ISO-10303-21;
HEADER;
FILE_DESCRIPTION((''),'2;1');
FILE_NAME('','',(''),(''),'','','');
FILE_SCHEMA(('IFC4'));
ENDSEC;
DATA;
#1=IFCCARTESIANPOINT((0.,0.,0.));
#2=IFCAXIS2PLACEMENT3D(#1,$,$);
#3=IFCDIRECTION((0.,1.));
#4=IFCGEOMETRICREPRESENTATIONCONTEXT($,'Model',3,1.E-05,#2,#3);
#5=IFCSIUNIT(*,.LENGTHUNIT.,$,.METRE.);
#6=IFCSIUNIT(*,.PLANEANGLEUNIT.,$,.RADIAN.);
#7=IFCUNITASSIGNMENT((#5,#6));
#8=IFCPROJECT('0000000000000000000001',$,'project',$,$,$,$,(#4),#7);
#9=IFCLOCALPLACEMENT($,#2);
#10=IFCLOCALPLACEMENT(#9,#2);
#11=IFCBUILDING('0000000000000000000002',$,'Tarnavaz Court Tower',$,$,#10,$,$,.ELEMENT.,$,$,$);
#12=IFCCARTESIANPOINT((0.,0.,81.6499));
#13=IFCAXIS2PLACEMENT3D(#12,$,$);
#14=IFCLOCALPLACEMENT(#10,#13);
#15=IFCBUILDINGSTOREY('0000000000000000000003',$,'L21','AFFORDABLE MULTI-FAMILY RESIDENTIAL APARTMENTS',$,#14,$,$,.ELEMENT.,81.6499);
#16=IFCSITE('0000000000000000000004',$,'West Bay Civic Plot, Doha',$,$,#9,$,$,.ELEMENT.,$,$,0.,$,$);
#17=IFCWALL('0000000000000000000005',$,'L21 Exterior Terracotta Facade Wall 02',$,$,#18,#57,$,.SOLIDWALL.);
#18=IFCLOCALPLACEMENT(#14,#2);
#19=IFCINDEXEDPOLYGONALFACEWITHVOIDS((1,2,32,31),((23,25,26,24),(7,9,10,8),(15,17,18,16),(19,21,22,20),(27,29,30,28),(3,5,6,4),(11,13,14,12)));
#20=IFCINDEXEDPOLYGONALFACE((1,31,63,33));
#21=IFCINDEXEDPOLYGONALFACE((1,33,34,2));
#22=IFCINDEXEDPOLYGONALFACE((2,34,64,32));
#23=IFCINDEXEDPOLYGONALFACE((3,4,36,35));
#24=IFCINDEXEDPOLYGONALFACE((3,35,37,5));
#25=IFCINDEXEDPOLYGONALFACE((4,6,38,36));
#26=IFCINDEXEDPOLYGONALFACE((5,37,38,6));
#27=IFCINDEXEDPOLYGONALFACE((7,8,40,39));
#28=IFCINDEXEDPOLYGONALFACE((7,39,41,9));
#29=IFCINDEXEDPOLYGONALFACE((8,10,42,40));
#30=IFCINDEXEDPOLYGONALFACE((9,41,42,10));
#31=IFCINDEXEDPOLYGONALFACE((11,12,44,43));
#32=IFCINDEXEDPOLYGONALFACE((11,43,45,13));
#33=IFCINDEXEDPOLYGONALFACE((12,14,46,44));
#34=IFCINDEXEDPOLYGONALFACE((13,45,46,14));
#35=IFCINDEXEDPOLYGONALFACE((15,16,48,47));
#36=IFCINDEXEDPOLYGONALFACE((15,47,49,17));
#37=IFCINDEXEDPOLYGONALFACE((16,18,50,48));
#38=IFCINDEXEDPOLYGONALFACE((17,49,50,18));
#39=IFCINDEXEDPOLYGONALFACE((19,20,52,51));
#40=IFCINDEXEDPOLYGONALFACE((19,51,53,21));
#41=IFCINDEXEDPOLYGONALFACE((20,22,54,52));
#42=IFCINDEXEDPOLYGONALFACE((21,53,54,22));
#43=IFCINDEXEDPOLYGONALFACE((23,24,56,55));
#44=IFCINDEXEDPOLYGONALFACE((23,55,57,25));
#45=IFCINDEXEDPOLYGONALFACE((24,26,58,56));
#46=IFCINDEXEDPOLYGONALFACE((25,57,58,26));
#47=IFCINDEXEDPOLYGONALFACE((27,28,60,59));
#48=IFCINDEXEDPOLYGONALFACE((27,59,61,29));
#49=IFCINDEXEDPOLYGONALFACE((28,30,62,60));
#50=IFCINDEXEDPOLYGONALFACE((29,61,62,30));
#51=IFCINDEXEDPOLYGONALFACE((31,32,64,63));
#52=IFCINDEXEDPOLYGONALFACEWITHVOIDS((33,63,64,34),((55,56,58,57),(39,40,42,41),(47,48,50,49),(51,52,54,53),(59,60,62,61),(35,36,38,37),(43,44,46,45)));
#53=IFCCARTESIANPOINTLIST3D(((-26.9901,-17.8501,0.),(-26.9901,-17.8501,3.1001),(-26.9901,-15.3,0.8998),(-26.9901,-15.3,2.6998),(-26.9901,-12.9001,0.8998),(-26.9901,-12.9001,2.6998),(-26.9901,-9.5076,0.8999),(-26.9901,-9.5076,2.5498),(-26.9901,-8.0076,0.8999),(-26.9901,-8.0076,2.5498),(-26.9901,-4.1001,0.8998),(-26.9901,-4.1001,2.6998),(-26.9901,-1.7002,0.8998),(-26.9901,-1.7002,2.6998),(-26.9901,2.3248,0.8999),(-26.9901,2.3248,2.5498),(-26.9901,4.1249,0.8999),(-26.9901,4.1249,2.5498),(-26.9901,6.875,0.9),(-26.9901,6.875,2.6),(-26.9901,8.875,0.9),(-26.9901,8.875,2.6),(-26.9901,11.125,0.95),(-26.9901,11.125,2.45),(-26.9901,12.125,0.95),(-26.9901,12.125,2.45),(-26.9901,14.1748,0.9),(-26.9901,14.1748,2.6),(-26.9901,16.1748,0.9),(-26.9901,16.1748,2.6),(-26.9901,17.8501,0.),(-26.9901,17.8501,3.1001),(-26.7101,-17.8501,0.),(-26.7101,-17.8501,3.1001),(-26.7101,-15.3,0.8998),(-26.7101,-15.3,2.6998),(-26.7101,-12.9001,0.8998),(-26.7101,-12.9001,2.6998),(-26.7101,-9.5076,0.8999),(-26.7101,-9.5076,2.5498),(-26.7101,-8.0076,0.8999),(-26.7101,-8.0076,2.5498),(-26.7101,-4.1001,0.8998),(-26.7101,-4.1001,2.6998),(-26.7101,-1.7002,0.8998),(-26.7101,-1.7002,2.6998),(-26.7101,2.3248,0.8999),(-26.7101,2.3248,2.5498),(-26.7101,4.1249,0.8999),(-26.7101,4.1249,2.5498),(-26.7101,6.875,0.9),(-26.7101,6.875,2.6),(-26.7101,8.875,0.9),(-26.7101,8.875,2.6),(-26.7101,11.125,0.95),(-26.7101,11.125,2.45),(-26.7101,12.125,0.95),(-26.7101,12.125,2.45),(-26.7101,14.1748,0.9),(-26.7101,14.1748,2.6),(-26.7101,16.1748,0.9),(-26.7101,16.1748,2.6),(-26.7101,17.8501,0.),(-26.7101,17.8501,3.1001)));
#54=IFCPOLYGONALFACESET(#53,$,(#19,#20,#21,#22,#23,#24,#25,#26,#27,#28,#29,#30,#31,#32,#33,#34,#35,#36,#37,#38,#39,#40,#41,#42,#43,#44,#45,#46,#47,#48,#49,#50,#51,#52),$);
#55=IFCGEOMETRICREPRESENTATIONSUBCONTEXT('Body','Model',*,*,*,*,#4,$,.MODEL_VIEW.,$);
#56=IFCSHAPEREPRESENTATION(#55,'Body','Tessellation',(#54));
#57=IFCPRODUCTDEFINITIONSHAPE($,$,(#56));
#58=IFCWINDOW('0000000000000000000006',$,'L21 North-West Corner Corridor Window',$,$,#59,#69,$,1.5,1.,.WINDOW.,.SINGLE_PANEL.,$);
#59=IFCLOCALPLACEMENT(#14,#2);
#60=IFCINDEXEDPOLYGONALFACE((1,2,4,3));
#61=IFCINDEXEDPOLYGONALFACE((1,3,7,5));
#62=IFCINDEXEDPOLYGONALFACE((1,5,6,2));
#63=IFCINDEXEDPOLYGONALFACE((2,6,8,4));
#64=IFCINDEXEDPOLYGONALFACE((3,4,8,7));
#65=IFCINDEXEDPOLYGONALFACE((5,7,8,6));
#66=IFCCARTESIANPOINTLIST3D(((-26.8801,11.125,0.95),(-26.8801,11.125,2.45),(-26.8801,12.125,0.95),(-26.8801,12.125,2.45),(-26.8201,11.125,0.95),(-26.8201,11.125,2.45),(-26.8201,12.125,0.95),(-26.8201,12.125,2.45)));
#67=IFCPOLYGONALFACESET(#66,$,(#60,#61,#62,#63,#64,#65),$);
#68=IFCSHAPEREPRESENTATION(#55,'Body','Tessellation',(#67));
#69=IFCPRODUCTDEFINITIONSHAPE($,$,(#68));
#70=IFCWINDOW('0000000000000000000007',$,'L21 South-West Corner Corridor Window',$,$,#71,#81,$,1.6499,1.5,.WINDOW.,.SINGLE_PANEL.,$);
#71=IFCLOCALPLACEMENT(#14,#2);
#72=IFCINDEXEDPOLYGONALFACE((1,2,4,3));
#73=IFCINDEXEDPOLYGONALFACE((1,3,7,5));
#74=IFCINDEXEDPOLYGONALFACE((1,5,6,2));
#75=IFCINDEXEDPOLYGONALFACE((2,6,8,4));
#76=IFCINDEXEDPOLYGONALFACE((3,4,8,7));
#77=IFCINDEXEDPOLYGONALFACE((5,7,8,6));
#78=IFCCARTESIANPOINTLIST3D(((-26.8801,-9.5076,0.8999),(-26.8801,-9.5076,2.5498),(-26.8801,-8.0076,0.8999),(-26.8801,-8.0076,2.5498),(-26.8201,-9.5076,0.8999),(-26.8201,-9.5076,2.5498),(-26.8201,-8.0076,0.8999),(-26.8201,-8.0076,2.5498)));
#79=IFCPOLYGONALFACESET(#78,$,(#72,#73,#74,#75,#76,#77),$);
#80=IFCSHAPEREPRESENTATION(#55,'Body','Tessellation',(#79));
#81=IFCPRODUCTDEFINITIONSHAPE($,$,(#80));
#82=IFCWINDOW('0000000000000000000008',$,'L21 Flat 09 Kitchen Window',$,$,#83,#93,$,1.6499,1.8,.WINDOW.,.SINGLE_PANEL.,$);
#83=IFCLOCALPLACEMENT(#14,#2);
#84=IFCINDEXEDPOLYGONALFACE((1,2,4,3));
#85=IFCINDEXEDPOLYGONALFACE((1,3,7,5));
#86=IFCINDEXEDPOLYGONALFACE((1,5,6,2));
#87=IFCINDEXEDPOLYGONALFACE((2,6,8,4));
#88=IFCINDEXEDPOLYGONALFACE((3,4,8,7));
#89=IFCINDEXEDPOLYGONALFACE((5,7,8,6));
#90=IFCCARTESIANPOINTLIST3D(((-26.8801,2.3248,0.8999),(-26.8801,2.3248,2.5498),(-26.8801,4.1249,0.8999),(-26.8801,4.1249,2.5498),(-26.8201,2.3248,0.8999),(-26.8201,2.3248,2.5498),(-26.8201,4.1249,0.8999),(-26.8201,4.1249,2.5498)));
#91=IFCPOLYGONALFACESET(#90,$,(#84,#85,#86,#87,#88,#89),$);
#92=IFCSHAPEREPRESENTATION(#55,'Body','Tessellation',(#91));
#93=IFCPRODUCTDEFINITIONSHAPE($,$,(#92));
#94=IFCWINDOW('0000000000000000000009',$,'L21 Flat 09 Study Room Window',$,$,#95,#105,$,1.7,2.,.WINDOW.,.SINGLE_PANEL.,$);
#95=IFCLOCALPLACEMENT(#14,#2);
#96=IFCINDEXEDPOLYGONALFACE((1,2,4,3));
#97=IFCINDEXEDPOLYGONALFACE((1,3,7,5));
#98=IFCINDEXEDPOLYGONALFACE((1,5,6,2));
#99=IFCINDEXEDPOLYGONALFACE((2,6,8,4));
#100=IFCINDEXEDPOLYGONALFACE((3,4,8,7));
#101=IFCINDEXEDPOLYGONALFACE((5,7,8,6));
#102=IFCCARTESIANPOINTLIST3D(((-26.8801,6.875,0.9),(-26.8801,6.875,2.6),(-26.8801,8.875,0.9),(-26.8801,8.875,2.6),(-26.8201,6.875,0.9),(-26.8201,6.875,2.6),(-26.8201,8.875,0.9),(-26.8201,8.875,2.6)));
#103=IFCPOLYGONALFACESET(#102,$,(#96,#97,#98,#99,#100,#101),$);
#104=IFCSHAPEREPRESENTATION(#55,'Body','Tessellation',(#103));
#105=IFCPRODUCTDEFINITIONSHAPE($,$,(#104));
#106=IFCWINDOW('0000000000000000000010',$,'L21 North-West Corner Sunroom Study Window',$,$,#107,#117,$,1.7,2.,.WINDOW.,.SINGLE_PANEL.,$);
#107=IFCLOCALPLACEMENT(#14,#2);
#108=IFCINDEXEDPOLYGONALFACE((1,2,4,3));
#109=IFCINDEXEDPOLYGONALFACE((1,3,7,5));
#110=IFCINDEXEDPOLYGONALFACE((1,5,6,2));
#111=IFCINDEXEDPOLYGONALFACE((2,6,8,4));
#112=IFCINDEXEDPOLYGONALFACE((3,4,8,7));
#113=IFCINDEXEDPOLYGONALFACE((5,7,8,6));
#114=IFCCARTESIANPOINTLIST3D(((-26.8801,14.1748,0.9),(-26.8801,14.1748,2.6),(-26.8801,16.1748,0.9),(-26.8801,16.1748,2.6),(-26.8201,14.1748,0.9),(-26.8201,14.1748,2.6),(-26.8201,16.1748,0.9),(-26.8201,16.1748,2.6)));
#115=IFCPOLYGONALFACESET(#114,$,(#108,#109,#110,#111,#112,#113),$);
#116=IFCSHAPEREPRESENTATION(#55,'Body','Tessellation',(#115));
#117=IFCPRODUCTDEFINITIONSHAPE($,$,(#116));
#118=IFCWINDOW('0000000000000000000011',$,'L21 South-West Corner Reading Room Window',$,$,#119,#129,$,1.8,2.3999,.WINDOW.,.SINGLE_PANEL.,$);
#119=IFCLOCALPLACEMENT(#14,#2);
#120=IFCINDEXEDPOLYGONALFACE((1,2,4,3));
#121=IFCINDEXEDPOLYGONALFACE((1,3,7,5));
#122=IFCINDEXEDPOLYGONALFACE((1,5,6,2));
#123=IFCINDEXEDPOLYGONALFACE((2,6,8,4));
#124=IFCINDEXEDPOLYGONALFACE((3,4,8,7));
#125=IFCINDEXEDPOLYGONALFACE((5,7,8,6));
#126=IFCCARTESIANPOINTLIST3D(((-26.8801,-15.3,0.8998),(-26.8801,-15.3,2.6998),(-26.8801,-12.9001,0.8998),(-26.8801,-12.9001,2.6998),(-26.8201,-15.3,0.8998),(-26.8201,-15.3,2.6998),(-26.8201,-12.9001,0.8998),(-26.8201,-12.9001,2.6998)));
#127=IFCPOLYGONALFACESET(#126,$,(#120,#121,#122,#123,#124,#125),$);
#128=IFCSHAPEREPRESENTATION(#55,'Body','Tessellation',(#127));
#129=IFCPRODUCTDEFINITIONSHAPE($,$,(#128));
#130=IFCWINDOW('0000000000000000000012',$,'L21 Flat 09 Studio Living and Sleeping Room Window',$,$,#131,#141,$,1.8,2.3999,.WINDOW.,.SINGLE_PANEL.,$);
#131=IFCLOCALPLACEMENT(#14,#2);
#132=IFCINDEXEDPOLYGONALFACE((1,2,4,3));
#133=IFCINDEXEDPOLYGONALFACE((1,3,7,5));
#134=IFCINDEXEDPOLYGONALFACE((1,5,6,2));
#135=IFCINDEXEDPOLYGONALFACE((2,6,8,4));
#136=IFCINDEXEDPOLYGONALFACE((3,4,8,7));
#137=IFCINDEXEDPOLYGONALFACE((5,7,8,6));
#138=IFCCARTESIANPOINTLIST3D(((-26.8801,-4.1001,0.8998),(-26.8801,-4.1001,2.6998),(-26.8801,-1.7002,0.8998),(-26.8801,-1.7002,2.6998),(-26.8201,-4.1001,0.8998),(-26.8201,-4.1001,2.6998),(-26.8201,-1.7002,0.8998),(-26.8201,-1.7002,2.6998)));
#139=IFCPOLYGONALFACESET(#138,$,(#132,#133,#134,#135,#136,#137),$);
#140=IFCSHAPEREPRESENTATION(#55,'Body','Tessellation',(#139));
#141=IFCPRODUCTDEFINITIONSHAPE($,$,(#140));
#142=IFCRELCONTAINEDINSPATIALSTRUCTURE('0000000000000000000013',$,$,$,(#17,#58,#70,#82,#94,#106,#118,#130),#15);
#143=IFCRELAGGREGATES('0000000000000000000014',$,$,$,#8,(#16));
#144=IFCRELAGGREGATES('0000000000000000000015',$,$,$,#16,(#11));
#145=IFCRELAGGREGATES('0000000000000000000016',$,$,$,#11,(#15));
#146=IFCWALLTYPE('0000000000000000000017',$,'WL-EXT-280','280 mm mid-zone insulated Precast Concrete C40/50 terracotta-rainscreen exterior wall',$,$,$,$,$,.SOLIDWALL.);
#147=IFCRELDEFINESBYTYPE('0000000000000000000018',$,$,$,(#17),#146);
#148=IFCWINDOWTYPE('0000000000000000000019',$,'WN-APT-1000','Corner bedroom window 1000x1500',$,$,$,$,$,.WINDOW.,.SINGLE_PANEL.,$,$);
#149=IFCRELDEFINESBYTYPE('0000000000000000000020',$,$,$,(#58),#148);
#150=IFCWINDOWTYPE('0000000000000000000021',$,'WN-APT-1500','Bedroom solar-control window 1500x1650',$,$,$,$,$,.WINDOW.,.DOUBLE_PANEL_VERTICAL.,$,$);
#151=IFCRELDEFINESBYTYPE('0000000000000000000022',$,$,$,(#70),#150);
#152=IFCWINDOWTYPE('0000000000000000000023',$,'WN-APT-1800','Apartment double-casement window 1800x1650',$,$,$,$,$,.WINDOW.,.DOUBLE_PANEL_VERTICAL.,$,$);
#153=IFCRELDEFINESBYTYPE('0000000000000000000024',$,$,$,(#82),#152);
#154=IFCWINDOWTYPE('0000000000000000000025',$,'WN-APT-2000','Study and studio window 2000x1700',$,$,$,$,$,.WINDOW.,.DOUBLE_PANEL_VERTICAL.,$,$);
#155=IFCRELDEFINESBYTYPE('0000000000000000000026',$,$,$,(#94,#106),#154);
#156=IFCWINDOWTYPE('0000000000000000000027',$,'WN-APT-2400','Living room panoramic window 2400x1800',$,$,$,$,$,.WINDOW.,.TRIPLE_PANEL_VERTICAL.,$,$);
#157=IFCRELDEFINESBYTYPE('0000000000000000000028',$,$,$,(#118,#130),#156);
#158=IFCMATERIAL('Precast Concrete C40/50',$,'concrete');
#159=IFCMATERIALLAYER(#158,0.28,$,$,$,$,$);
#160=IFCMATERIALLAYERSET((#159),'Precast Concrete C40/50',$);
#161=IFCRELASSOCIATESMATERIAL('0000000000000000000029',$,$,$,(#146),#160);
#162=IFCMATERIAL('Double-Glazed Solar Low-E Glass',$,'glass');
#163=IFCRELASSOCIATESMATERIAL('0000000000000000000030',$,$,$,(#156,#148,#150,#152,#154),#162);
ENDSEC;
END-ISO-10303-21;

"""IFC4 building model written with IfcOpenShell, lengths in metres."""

from ifc_helpers import new_model, si_unit, direction, frame, frame_2d, origin, place, context, subcontext, project, spatial, rectangle, extrude, material, layer, layer_set, type_object, element, fill, save


model = new_model("IFC4")

# Units and contexts
model_context = context("Model", 3, precision=1e-05, world=origin(), true_north=direction((0.0, 1.0)))
body_context = subcontext(model_context, "Body", "Model", "MODEL_VIEW")
ifc_project = project(units=[si_unit("LENGTHUNIT", "METRE"), si_unit("PLANEANGLEUNIT", "RADIAN")], contexts=[model_context])

# Site, building, storey
site_placement = place(None, origin())
site = spatial("IfcSite", under=ifc_project, at=site_placement, Name="West Bay Civic Plot, Doha", CompositionType="ELEMENT", RefElevation=0.0)
building_placement = place(site_placement, origin())
building = spatial("IfcBuilding", under=site, at=building_placement, Name="Tarnavaz Court Tower", CompositionType="ELEMENT")
storey_placement = place(building_placement, frame((0.0, 0.0, 81.6499)))
storey = spatial("IfcBuildingStorey", under=building, at=storey_placement, Name="L21", Description="AFFORDABLE MULTI-FAMILY RESIDENTIAL APARTMENTS", CompositionType="ELEMENT", Elevation=81.6499)

# Shared definitions
ifc_material_1 = material(Name="Precast Concrete C40/50", Category="concrete")
ifc_layer_1 = layer(ifc_material_1, 0.28)
ifc_layer_set_1 = layer_set([ifc_layer_1], Name="Precast Concrete C40/50")
wall_type_1 = type_object("IfcWallType", Name="WL-EXT-280", Description="280 mm mid-zone insulated Precast Concrete C40/50 terracotta-rainscreen exterior wall", PredefinedType="SOLIDWALL", material=ifc_layer_set_1)
ifc_material_2 = material(Name="Double-Glazed Solar Low-E Glass", Category="glass")
window_type_1 = type_object("IfcWindowType", Name="WN-APT-2400", Description="Living room panoramic window 2400x1800", PartitioningType="TRIPLE_PANEL_VERTICAL", PredefinedType="WINDOW", material=ifc_material_2)

# Wall, openings, windows
wall_1_placement = place(storey_placement, frame((-26.8501, -17.8501, 0.0), z_axis=(0.0, 0.0, 1.0), x_axis=(0.0, 1.0, 0.0)))
wall_1 = element("IfcWall", 1, at=wall_1_placement, inside=storey, type_object=wall_type_1, Name="L21 Exterior Terracotta Facade Wall 02", PredefinedType="SOLIDWALL", context=body_context, shape_type="SweptSolid", body=[
    extrude(rectangle(XDim=35.7002, YDim=0.28, at=frame_2d((17.8501, 0.0))), origin(), (0.0, 0.0, 1.0), 3.1001),
])
opening_1_placement = place(wall_1_placement, frame((2.55, 0.0, 0.8999)))
opening_1 = element("IfcOpeningElement", 2, at=opening_1_placement, cuts=wall_1, PredefinedType="OPENING", context=body_context, shape_type="SweptSolid", body=[
    extrude(rectangle(XDim=2.3999, YDim=1.8, at=frame_2d((1.2, 0.8999))), frame((0.0, 0.1499, 0.0), z_axis=(0.0, -1.0, 0.0), x_axis=(1.0, 0.0, 0.0)), (0.0, 0.0, 1.0), 0.3),
])
opening_2_placement = place(wall_1_placement, frame((8.3425, 0.0, 0.8999)))
opening_2 = element("IfcOpeningElement", 3, at=opening_2_placement, cuts=wall_1, PredefinedType="OPENING", context=body_context, shape_type="SweptSolid", body=[
    extrude(rectangle(XDim=1.5, YDim=1.6499, at=frame_2d((0.75, 0.825))), frame((0.0, 0.1499, 0.0), z_axis=(0.0, -1.0, 0.0), x_axis=(1.0, 0.0, 0.0)), (0.0, 0.0, 1.0), 0.3),
])
opening_3_placement = place(wall_1_placement, frame((13.75, 0.0, 0.8999)))
opening_3 = element("IfcOpeningElement", 4, at=opening_3_placement, cuts=wall_1, PredefinedType="OPENING", context=body_context, shape_type="SweptSolid", body=[
    extrude(rectangle(XDim=2.3999, YDim=1.8, at=frame_2d((1.2, 0.8999))), frame((0.0, 0.1499, 0.0), z_axis=(0.0, -1.0, 0.0), x_axis=(1.0, 0.0, 0.0)), (0.0, 0.0, 1.0), 0.3),
])
opening_4_placement = place(wall_1_placement, frame((20.175, 0.0, 0.8999)))
opening_4 = element("IfcOpeningElement", 5, at=opening_4_placement, cuts=wall_1, PredefinedType="OPENING", context=body_context, shape_type="SweptSolid", body=[
    extrude(rectangle(XDim=1.8, YDim=1.6499, at=frame_2d((0.8999, 0.825))), frame((0.0, 0.1499, 0.0), z_axis=(0.0, -1.0, 0.0), x_axis=(1.0, 0.0, 0.0)), (0.0, 0.0, 1.0), 0.3),
])
opening_5_placement = place(wall_1_placement, frame((24.7251, 0.0, 0.8999)))
opening_5 = element("IfcOpeningElement", 6, at=opening_5_placement, cuts=wall_1, PredefinedType="OPENING", context=body_context, shape_type="SweptSolid", body=[
    extrude(rectangle(XDim=2.0, YDim=1.7, at=frame_2d((1.0, 0.8501))), frame((0.0, 0.1499, 0.0), z_axis=(0.0, -1.0, 0.0), x_axis=(1.0, 0.0, 0.0)), (0.0, 0.0, 1.0), 0.3),
])
opening_6_placement = place(wall_1_placement, frame((28.9751, 0.0, 0.95)))
opening_6 = element("IfcOpeningElement", 7, at=opening_6_placement, cuts=wall_1, PredefinedType="OPENING", context=body_context, shape_type="SweptSolid", body=[
    extrude(rectangle(XDim=1.0, YDim=1.5, at=frame_2d((0.5, 0.75))), frame((0.0, 0.1499, 0.0), z_axis=(0.0, -1.0, 0.0), x_axis=(1.0, 0.0, 0.0)), (0.0, 0.0, 1.0), 0.3),
])
opening_7_placement = place(wall_1_placement, frame((32.0249, 0.0, 0.8999)))
opening_7 = element("IfcOpeningElement", 8, at=opening_7_placement, cuts=wall_1, PredefinedType="OPENING", context=body_context, shape_type="SweptSolid", body=[
    extrude(rectangle(XDim=2.0, YDim=1.7, at=frame_2d((1.0, 0.8501))), frame((0.0, 0.1499, 0.0), z_axis=(0.0, -1.0, 0.0), x_axis=(1.0, 0.0, 0.0)), (0.0, 0.0, 1.0), 0.3),
])
window_type_2 = type_object("IfcWindowType", Name="WN-APT-1000", Description="Corner bedroom window 1000x1500", PartitioningType="SINGLE_PANEL", PredefinedType="WINDOW", material=ifc_material_2)
window_1_placement = place(opening_6_placement, origin())
window_1 = element("IfcWindow", 9, at=window_1_placement, inside=storey, type_object=window_type_2, Name="L21 North-West Corner Corridor Window", OverallHeight=1.5, OverallWidth=1.0, PartitioningType="SINGLE_PANEL", PredefinedType="WINDOW", context=body_context, shape_type="SweptSolid", body=[
    extrude(rectangle(XDim=1.0, YDim=1.5, at=frame_2d((0.5, 0.75))), frame((0.0, 0.03, 0.0), z_axis=(0.0, -1.0, 0.0), x_axis=(1.0, 0.0, 0.0)), (0.0, 0.0, 1.0), 0.0601),
])
fill(opening_6, window_1)
window_type_3 = type_object("IfcWindowType", Name="WN-APT-1500", Description="Bedroom solar-control window 1500x1650", PartitioningType="DOUBLE_PANEL_VERTICAL", PredefinedType="WINDOW", material=ifc_material_2)
window_2_placement = place(opening_2_placement, origin())
window_2 = element("IfcWindow", 10, at=window_2_placement, inside=storey, type_object=window_type_3, Name="L21 South-West Corner Corridor Window", OverallHeight=1.6499, OverallWidth=1.5, PartitioningType="SINGLE_PANEL", PredefinedType="WINDOW", context=body_context, shape_type="SweptSolid", body=[
    extrude(rectangle(XDim=1.5, YDim=1.6499, at=frame_2d((0.75, 0.825))), frame((0.0, 0.03, 0.0), z_axis=(0.0, -1.0, 0.0), x_axis=(1.0, 0.0, 0.0)), (0.0, 0.0, 1.0), 0.0601),
])
fill(opening_2, window_2)
window_type_4 = type_object("IfcWindowType", Name="WN-APT-1800", Description="Apartment double-casement window 1800x1650", PartitioningType="DOUBLE_PANEL_VERTICAL", PredefinedType="WINDOW", material=ifc_material_2)
window_3_placement = place(opening_4_placement, origin())
window_3 = element("IfcWindow", 11, at=window_3_placement, inside=storey, type_object=window_type_4, Name="L21 Flat 09 Kitchen Window", OverallHeight=1.6499, OverallWidth=1.8, PartitioningType="SINGLE_PANEL", PredefinedType="WINDOW", context=body_context, shape_type="SweptSolid", body=[
    extrude(rectangle(XDim=1.8, YDim=1.6499, at=frame_2d((0.8999, 0.825))), frame((0.0, 0.03, 0.0), z_axis=(0.0, -1.0, 0.0), x_axis=(1.0, 0.0, 0.0)), (0.0, 0.0, 1.0), 0.0601),
])
fill(opening_4, window_3)
window_type_5 = type_object("IfcWindowType", Name="WN-APT-2000", Description="Study and studio window 2000x1700", PartitioningType="DOUBLE_PANEL_VERTICAL", PredefinedType="WINDOW", material=ifc_material_2)
window_4_placement = place(opening_5_placement, origin())
window_4 = element("IfcWindow", 12, at=window_4_placement, inside=storey, type_object=window_type_5, Name="L21 Flat 09 Study Room Window", OverallHeight=1.7, OverallWidth=2.0, PartitioningType="SINGLE_PANEL", PredefinedType="WINDOW", context=body_context, shape_type="SweptSolid", body=[
    extrude(rectangle(XDim=2.0, YDim=1.7, at=frame_2d((1.0, 0.8501))), frame((0.0, 0.03, 0.0), z_axis=(0.0, -1.0, 0.0), x_axis=(1.0, 0.0, 0.0)), (0.0, 0.0, 1.0), 0.0601),
])
fill(opening_5, window_4)
window_5_placement = place(opening_7_placement, origin())
window_5 = element("IfcWindow", 13, at=window_5_placement, inside=storey, type_object=window_type_5, Name="L21 North-West Corner Sunroom Study Window", OverallHeight=1.7, OverallWidth=2.0, PartitioningType="SINGLE_PANEL", PredefinedType="WINDOW", context=body_context, shape_type="SweptSolid", body=[
    extrude(rectangle(XDim=2.0, YDim=1.7, at=frame_2d((1.0, 0.8501))), frame((0.0, 0.03, 0.0), z_axis=(0.0, -1.0, 0.0), x_axis=(1.0, 0.0, 0.0)), (0.0, 0.0, 1.0), 0.0601),
])
fill(opening_7, window_5)
window_6_placement = place(opening_1_placement, origin())
window_6 = element("IfcWindow", 14, at=window_6_placement, inside=storey, type_object=window_type_1, Name="L21 South-West Corner Reading Room Window", OverallHeight=1.8, OverallWidth=2.3999, PartitioningType="SINGLE_PANEL", PredefinedType="WINDOW", context=body_context, shape_type="SweptSolid", body=[
    extrude(rectangle(XDim=2.3999, YDim=1.8, at=frame_2d((1.2, 0.8999))), frame((0.0, 0.03, 0.0), z_axis=(0.0, -1.0, 0.0), x_axis=(1.0, 0.0, 0.0)), (0.0, 0.0, 1.0), 0.0601),
])
fill(opening_1, window_6)
window_7_placement = place(opening_3_placement, origin())
window_7 = element("IfcWindow", 15, at=window_7_placement, inside=storey, type_object=window_type_1, Name="L21 Flat 09 Studio Living and Sleeping Room Window", OverallHeight=1.8, OverallWidth=2.3999, PartitioningType="SINGLE_PANEL", PredefinedType="WINDOW", context=body_context, shape_type="SweptSolid", body=[
    extrude(rectangle(XDim=2.3999, YDim=1.8, at=frame_2d((1.2, 0.8999))), frame((0.0, 0.03, 0.0), z_axis=(0.0, -1.0, 0.0), x_axis=(1.0, 0.0, 0.0)), (0.0, 0.0, 1.0), 0.0601),
])
fill(opening_3, window_7)

save(model, "model.ifc")
